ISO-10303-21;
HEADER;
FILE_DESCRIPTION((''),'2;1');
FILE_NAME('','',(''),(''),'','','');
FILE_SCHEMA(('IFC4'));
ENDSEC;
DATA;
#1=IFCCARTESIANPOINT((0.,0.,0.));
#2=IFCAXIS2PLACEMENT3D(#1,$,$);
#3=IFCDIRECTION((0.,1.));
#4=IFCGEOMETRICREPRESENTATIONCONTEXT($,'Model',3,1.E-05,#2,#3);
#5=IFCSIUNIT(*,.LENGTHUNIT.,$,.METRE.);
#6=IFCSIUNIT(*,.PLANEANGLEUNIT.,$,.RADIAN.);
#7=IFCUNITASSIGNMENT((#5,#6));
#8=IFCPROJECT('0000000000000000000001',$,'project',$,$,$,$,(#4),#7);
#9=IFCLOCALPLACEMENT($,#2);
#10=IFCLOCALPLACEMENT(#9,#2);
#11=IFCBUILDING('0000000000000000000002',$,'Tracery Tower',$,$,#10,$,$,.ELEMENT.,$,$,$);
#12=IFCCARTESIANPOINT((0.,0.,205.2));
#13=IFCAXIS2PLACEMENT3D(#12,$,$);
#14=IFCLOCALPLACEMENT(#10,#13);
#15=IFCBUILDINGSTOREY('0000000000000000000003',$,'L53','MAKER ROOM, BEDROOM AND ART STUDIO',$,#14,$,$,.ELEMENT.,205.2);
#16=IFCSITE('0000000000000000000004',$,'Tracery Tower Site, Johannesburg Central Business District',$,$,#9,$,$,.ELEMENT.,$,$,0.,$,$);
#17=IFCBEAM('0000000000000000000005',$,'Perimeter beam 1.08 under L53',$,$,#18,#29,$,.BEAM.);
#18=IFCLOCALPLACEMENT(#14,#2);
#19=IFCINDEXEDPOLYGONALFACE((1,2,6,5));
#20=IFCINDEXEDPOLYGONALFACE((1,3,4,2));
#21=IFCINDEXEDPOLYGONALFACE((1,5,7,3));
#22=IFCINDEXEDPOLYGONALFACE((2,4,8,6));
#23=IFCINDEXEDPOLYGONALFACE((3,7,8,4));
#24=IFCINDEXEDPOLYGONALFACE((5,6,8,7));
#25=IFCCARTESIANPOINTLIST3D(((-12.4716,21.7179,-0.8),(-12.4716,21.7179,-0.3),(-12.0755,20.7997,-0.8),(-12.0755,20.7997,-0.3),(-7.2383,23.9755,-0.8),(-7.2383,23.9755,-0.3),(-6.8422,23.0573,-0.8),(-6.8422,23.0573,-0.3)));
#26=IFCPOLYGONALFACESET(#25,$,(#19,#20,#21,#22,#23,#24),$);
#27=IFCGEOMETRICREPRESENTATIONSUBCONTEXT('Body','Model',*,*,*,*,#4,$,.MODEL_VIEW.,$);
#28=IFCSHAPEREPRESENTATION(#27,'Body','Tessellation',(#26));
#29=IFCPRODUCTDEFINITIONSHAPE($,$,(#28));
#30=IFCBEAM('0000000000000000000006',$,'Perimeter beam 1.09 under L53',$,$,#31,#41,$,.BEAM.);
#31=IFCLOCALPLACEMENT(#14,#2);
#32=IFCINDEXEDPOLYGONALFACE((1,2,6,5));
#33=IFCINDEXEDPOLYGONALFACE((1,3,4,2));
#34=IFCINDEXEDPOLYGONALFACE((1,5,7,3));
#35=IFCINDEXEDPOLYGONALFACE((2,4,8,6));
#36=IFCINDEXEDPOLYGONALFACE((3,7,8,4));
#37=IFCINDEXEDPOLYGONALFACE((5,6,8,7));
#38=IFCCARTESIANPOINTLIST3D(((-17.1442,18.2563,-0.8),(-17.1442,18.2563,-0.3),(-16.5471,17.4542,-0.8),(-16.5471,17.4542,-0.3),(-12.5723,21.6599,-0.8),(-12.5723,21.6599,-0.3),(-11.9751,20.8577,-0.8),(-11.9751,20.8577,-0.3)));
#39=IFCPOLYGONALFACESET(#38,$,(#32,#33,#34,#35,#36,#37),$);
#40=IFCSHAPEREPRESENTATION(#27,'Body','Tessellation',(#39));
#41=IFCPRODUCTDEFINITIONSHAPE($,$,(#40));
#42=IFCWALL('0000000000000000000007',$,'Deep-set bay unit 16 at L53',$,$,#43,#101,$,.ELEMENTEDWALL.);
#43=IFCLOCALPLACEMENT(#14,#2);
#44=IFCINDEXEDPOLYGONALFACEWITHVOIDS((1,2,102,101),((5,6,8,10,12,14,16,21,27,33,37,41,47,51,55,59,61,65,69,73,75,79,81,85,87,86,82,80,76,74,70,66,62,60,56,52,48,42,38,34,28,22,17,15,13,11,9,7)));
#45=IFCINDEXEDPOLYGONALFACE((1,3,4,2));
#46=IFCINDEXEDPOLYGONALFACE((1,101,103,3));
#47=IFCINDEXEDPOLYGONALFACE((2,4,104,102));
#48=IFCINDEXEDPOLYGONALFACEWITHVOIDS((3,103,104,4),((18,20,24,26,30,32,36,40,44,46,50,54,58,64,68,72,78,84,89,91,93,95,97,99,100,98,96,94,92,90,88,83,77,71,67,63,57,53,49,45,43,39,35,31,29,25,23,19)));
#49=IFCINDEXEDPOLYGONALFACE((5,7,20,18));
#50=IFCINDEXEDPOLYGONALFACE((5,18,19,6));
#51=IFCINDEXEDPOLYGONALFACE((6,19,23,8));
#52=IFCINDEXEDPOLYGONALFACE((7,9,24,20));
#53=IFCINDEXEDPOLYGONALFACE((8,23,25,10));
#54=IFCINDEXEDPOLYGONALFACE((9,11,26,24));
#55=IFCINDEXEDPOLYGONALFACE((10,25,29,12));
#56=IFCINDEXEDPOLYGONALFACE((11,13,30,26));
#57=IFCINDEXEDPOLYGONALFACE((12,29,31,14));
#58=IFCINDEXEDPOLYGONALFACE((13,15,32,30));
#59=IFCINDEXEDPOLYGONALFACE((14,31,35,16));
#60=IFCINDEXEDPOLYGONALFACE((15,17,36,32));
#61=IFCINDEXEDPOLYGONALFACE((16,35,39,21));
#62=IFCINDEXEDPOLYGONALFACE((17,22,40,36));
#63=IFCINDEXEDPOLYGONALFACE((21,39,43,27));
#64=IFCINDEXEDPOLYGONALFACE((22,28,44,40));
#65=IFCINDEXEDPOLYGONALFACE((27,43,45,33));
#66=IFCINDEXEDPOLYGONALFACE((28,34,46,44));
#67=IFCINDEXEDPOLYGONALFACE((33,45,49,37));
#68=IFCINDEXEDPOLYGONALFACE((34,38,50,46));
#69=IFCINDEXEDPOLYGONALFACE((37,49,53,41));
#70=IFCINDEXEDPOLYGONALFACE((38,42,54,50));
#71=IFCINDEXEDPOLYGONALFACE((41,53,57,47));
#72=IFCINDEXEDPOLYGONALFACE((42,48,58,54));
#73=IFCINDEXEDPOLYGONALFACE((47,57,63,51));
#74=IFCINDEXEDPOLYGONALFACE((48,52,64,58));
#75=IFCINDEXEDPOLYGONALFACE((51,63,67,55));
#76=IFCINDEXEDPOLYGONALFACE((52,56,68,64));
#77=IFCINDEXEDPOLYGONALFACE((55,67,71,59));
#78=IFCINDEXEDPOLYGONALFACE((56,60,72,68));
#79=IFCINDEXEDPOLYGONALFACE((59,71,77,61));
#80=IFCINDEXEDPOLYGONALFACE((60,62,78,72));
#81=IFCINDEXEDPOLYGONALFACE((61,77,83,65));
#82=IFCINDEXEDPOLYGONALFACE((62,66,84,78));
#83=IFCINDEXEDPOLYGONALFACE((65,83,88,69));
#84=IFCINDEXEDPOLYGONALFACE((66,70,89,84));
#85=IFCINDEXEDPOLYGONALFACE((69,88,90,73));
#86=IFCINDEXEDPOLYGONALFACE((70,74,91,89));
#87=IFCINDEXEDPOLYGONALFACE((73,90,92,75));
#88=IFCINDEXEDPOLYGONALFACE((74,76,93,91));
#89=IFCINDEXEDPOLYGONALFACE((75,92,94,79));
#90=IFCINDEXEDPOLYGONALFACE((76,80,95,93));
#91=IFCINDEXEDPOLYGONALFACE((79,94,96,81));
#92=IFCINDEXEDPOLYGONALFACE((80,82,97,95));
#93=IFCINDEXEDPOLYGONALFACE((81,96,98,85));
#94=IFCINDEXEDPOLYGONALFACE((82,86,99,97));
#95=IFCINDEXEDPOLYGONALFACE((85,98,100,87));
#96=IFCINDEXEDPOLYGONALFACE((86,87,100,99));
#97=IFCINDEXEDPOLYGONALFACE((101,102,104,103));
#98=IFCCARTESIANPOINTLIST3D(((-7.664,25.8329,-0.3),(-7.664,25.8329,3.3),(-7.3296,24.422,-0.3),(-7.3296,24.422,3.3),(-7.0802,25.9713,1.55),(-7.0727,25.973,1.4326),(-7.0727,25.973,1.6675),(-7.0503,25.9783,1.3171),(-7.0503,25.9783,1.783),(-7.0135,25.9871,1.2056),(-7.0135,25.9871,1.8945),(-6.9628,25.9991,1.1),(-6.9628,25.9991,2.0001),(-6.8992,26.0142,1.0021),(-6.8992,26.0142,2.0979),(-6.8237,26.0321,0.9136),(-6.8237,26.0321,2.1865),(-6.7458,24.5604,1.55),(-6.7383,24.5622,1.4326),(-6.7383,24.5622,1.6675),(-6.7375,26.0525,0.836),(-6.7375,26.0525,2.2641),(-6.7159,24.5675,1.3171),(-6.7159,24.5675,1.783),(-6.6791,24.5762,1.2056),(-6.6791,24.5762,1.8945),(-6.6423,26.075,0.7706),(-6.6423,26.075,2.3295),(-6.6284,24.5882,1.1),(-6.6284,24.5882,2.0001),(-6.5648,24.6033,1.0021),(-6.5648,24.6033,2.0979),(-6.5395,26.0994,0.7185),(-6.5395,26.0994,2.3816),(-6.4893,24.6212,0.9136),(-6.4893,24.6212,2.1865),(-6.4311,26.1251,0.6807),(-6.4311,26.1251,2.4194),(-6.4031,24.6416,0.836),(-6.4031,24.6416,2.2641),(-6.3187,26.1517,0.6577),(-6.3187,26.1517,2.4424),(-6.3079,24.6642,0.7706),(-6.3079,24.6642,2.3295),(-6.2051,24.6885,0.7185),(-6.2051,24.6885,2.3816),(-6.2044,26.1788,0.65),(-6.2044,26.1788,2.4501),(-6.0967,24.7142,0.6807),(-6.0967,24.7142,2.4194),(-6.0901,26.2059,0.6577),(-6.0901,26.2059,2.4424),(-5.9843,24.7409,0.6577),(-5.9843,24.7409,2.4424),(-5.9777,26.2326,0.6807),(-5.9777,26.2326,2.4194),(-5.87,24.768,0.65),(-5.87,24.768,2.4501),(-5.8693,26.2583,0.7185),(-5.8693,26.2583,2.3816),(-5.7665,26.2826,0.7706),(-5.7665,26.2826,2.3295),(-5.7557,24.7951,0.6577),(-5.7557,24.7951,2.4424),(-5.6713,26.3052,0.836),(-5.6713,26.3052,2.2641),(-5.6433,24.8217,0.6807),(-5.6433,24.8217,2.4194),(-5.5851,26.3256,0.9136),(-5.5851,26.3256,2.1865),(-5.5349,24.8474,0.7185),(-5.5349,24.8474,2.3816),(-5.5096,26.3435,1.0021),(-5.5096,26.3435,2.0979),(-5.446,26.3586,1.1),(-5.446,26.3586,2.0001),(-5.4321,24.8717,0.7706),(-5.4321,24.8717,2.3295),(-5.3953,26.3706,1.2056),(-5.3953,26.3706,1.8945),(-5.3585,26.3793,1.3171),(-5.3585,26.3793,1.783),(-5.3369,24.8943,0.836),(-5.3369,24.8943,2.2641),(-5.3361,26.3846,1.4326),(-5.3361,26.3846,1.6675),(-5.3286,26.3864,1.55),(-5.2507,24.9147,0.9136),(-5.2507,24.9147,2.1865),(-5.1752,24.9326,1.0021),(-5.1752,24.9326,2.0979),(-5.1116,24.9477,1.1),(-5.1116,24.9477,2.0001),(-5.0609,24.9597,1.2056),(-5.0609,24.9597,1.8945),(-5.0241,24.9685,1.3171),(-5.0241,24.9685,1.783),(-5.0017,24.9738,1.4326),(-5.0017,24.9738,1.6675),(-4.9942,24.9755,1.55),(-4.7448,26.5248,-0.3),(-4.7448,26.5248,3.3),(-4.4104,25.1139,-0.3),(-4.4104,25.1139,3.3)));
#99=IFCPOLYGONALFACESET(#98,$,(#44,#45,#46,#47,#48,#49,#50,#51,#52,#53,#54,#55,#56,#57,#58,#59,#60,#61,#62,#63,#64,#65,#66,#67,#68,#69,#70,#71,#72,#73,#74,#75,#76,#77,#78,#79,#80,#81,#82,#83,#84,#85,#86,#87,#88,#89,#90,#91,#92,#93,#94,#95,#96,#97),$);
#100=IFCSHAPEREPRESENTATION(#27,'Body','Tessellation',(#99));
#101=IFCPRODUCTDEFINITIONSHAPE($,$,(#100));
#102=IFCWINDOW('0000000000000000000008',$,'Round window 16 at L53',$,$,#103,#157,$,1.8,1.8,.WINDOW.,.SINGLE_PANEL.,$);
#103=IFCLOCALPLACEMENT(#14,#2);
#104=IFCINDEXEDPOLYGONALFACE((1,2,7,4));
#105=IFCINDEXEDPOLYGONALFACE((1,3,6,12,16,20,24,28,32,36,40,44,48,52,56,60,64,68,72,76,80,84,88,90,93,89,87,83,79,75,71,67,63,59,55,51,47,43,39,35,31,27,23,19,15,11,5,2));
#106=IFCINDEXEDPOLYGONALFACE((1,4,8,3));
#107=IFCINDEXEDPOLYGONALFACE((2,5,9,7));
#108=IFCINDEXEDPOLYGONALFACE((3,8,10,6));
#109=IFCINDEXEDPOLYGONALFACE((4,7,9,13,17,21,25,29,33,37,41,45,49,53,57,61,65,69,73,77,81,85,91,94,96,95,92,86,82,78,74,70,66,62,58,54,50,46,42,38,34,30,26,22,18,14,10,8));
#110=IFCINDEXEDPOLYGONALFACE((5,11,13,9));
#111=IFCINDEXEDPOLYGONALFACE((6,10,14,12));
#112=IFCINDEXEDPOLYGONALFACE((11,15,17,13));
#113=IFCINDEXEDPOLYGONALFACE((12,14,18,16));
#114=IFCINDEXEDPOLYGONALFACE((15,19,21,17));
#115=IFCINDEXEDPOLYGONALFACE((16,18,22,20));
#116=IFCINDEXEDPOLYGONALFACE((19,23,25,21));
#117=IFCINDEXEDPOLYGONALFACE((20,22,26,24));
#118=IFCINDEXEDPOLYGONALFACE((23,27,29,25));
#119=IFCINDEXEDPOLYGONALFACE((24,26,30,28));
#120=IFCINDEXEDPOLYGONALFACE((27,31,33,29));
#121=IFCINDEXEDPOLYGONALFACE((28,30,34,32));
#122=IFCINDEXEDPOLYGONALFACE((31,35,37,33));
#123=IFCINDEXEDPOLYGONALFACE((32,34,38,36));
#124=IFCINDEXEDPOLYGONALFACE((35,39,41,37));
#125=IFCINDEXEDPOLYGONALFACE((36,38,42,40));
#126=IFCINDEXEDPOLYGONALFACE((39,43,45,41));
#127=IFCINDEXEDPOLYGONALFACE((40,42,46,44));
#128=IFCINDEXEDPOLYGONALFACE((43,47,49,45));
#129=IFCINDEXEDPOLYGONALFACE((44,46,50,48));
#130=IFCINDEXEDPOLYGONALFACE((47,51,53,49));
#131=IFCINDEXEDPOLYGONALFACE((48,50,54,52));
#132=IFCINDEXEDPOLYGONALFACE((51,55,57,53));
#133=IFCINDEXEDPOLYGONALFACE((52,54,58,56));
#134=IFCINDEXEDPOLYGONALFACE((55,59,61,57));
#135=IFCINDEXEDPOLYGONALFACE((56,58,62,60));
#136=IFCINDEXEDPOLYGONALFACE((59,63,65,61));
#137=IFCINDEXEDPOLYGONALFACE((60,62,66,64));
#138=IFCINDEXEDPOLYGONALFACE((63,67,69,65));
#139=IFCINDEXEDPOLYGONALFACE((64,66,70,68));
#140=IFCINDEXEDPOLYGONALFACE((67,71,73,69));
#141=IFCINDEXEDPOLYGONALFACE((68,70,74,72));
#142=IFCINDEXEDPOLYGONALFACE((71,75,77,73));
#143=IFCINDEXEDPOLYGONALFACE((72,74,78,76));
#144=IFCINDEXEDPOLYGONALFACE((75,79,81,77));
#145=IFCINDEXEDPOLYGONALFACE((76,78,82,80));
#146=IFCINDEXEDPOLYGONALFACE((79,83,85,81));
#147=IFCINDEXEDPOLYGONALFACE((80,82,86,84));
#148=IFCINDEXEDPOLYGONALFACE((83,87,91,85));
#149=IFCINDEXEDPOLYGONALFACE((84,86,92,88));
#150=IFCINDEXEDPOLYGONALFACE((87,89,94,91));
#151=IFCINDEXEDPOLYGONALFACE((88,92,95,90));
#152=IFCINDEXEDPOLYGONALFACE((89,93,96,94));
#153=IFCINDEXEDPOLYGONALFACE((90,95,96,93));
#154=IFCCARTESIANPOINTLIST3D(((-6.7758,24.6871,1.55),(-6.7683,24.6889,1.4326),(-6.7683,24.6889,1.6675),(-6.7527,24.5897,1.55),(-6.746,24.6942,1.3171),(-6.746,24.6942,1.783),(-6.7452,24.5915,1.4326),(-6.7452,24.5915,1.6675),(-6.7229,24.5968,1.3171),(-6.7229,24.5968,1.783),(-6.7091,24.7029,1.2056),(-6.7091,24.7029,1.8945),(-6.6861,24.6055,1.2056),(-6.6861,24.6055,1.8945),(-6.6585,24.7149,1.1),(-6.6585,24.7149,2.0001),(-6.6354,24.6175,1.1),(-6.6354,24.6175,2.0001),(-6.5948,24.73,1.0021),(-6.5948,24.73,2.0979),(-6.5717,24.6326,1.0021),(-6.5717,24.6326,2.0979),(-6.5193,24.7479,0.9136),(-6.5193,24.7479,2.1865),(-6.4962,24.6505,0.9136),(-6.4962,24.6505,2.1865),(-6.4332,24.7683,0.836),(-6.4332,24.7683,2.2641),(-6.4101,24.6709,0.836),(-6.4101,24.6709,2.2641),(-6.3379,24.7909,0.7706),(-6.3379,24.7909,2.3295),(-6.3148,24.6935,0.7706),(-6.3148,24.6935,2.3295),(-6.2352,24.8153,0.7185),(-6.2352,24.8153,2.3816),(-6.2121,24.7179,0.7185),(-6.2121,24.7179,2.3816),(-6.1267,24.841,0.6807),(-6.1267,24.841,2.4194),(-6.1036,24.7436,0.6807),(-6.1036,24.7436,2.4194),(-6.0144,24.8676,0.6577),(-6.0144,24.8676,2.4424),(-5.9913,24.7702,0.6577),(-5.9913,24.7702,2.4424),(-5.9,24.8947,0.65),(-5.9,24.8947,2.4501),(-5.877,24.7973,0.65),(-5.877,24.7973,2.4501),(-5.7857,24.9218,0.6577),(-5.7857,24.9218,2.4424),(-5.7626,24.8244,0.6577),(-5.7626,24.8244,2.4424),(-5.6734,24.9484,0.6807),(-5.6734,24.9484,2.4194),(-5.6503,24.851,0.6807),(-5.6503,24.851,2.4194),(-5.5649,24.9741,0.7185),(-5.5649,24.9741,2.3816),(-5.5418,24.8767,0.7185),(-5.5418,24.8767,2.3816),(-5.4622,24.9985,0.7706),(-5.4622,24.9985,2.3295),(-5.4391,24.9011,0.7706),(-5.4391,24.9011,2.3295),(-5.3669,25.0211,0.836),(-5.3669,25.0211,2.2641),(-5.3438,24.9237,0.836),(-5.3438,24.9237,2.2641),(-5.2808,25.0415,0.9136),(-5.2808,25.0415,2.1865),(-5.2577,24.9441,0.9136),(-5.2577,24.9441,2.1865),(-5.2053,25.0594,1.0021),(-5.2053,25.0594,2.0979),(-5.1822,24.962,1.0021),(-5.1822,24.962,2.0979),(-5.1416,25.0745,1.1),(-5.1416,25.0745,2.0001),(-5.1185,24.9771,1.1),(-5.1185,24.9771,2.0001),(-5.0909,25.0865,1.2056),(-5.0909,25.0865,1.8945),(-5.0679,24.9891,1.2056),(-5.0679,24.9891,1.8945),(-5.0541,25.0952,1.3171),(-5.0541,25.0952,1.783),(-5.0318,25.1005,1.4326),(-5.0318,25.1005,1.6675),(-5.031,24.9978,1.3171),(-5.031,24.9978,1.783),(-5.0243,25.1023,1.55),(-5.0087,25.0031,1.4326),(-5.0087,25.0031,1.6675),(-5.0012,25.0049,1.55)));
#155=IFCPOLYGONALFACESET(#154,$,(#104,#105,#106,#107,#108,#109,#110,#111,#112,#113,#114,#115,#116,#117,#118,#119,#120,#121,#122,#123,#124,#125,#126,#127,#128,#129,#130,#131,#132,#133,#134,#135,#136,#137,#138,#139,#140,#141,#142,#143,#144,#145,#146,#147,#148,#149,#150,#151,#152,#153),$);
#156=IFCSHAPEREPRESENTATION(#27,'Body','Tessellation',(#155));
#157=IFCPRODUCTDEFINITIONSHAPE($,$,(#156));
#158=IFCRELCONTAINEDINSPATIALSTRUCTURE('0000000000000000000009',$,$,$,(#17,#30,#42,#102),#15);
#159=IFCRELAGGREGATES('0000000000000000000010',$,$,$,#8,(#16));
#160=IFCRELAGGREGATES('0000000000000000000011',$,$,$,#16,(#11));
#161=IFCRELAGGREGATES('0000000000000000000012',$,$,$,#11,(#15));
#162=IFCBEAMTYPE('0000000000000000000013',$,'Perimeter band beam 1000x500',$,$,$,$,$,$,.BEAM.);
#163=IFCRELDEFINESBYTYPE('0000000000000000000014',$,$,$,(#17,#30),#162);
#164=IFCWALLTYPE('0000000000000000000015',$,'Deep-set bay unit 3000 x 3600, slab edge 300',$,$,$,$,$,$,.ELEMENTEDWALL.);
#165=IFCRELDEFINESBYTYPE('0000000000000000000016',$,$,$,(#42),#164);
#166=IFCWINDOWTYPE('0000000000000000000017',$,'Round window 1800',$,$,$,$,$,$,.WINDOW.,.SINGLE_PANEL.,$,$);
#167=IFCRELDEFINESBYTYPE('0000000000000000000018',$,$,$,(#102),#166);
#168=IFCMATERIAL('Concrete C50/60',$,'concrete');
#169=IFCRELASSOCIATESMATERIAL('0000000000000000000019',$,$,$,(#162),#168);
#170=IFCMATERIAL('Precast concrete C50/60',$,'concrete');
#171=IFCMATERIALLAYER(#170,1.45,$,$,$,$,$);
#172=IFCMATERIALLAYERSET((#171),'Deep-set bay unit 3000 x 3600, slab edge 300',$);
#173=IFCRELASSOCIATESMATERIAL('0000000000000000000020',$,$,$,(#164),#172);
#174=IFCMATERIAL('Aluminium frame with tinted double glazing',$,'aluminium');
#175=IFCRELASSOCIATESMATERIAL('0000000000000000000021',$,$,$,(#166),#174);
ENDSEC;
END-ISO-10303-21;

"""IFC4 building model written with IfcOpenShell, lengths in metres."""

from ifc_helpers import new_model, si_unit, direction, frame, frame_2d, origin, origin_2d, place, context, subcontext, project, spatial, rectangle, circle, extrude, material, layer, layer_set, material_profile, profile_set, type_object, element, fill, save


model = new_model("IFC4")

# Units and contexts
model_context = context("Model", 3, precision=1e-05, world=origin(), true_north=direction((0.0, 1.0)))
body_context = subcontext(model_context, "Body", "Model", "MODEL_VIEW")
ifc_project = project(units=[si_unit("LENGTHUNIT", "METRE"), si_unit("PLANEANGLEUNIT", "RADIAN")], contexts=[model_context])

# Site, building, storey
site_placement = place(None, origin())
site = spatial("IfcSite", under=ifc_project, at=site_placement, Name="Tracery Tower Site, Johannesburg Central Business District", CompositionType="ELEMENT", RefElevation=0.0)
building_placement = place(site_placement, origin())
building = spatial("IfcBuilding", under=site, at=building_placement, Name="Tracery Tower", CompositionType="ELEMENT")
storey_placement = place(building_placement, frame((0.0, 0.0, 205.2)))
storey = spatial("IfcBuildingStorey", under=building, at=storey_placement, Name="L53", Description="MAKER ROOM, BEDROOM AND ART STUDIO", CompositionType="ELEMENT", Elevation=205.2)

# Beams
ifc_material_1 = material(Name="Concrete C50/60", Category="concrete")
ifc_material_profile_1 = material_profile(ifc_material_1, rectangle(XDim=1.0, YDim=0.5, at=origin_2d()), Name="RC 1000x500")
ifc_profile_set_1 = profile_set([ifc_material_profile_1], Name="Concrete C50/60")
beam_type = type_object("IfcBeamType", Name="Perimeter band beam 1000x500", PredefinedType="BEAM", material=ifc_profile_set_1)
beam_1_placement = place(storey_placement, frame((-7.0403, 23.5164, -0.55), z_axis=(-0.91821, -0.396095, 0.0), x_axis=(0.396095, -0.91821, 0.0)))
element("IfcBeam", 1, at=beam_1_placement, inside=storey, type_object=beam_type, Name="Perimeter beam 1.08 under L53", PredefinedType="BEAM", context=body_context, shape_type="SweptSolid", body=[
    extrude(rectangle(XDim=1.0, YDim=0.5, at=origin_2d()), origin(), (0.0, 0.0, 1.0), 5.6995),
])
beam_2_placement = place(storey_placement, frame((-12.2737, 21.2588, -0.55), z_axis=(-0.802138, -0.597138, 0.0), x_axis=(0.597138, -0.802138, 0.0)))
element("IfcBeam", 2, at=beam_2_placement, inside=storey, type_object=beam_type, Name="Perimeter beam 1.09 under L53", PredefinedType="BEAM", context=body_context, shape_type="SweptSolid", body=[
    extrude(rectangle(XDim=1.0, YDim=0.5, at=origin_2d()), origin(), (0.0, 0.0, 1.0), 5.6997),
])

# Wall, opening, window
ifc_material_2 = material(Name="Precast concrete C50/60", Category="concrete")
ifc_layer_1 = layer(ifc_material_2, 1.45)
ifc_layer_set_1 = layer_set([ifc_layer_1], Name="Deep-set bay unit 3000 x 3600, slab edge 300")
wall_type_1 = type_object("IfcWallType", Name="Deep-set bay unit 3000 x 3600, slab edge 300", PredefinedType="ELEMENTEDWALL", material=ifc_layer_set_1)
wall_1_placement = place(storey_placement, frame((-4.5776, 25.8193, -0.3), z_axis=(0.0, 0.0, 1.0), x_axis=(-0.973042, -0.230627, 0.0)))
wall_1 = element("IfcWall", 3, at=wall_1_placement, inside=storey, type_object=wall_type_1, Name="Deep-set bay unit 16 at L53", PredefinedType="ELEMENTEDWALL", context=body_context, shape_type="SweptSolid", body=[
    extrude(rectangle(XDim=3.0, YDim=1.45, at=frame_2d((1.5, 0.0))), origin(), (0.0, 0.0, 1.0), 3.6001),
])
opening_1_placement = place(wall_1_placement, frame((1.5, 0.0, 1.8501)))
opening_1 = element("IfcOpeningElement", 4, at=opening_1_placement, cuts=wall_1, PredefinedType="OPENING", context=body_context, shape_type="SweptSolid", body=[
    extrude(circle(Radius=0.9, at=origin_2d()), frame((0.0, 0.7349, 0.0), z_axis=(0.0, -1.0, 0.0), x_axis=(1.0, 0.0, 0.0)), (0.0, 0.0, 1.0), 1.47),
])
ifc_material_3 = material(Name="Aluminium frame with tinted double glazing", Category="aluminium")
window_type = type_object("IfcWindowType", Name="Round window 1800", PartitioningType="SINGLE_PANEL", PredefinedType="WINDOW", material=ifc_material_3)
window_1_placement = place(opening_1_placement, origin())
window_1 = element("IfcWindow", 5, at=window_1_placement, inside=storey, type_object=window_type, Name="Round window 16 at L53", OverallHeight=1.8, OverallWidth=1.8, PartitioningType="SINGLE_PANEL", PredefinedType="WINDOW", context=body_context, shape_type="SweptSolid", body=[
    extrude(circle(Radius=0.9, at=origin_2d()), frame((0.0, 0.6948, 0.0), z_axis=(0.0, -1.0, 0.0), x_axis=(1.0, 0.0, 0.0)), (0.0, 0.0, 1.0), 0.1001),
])
fill(opening_1, window_1)

save(model, "model.ifc")
